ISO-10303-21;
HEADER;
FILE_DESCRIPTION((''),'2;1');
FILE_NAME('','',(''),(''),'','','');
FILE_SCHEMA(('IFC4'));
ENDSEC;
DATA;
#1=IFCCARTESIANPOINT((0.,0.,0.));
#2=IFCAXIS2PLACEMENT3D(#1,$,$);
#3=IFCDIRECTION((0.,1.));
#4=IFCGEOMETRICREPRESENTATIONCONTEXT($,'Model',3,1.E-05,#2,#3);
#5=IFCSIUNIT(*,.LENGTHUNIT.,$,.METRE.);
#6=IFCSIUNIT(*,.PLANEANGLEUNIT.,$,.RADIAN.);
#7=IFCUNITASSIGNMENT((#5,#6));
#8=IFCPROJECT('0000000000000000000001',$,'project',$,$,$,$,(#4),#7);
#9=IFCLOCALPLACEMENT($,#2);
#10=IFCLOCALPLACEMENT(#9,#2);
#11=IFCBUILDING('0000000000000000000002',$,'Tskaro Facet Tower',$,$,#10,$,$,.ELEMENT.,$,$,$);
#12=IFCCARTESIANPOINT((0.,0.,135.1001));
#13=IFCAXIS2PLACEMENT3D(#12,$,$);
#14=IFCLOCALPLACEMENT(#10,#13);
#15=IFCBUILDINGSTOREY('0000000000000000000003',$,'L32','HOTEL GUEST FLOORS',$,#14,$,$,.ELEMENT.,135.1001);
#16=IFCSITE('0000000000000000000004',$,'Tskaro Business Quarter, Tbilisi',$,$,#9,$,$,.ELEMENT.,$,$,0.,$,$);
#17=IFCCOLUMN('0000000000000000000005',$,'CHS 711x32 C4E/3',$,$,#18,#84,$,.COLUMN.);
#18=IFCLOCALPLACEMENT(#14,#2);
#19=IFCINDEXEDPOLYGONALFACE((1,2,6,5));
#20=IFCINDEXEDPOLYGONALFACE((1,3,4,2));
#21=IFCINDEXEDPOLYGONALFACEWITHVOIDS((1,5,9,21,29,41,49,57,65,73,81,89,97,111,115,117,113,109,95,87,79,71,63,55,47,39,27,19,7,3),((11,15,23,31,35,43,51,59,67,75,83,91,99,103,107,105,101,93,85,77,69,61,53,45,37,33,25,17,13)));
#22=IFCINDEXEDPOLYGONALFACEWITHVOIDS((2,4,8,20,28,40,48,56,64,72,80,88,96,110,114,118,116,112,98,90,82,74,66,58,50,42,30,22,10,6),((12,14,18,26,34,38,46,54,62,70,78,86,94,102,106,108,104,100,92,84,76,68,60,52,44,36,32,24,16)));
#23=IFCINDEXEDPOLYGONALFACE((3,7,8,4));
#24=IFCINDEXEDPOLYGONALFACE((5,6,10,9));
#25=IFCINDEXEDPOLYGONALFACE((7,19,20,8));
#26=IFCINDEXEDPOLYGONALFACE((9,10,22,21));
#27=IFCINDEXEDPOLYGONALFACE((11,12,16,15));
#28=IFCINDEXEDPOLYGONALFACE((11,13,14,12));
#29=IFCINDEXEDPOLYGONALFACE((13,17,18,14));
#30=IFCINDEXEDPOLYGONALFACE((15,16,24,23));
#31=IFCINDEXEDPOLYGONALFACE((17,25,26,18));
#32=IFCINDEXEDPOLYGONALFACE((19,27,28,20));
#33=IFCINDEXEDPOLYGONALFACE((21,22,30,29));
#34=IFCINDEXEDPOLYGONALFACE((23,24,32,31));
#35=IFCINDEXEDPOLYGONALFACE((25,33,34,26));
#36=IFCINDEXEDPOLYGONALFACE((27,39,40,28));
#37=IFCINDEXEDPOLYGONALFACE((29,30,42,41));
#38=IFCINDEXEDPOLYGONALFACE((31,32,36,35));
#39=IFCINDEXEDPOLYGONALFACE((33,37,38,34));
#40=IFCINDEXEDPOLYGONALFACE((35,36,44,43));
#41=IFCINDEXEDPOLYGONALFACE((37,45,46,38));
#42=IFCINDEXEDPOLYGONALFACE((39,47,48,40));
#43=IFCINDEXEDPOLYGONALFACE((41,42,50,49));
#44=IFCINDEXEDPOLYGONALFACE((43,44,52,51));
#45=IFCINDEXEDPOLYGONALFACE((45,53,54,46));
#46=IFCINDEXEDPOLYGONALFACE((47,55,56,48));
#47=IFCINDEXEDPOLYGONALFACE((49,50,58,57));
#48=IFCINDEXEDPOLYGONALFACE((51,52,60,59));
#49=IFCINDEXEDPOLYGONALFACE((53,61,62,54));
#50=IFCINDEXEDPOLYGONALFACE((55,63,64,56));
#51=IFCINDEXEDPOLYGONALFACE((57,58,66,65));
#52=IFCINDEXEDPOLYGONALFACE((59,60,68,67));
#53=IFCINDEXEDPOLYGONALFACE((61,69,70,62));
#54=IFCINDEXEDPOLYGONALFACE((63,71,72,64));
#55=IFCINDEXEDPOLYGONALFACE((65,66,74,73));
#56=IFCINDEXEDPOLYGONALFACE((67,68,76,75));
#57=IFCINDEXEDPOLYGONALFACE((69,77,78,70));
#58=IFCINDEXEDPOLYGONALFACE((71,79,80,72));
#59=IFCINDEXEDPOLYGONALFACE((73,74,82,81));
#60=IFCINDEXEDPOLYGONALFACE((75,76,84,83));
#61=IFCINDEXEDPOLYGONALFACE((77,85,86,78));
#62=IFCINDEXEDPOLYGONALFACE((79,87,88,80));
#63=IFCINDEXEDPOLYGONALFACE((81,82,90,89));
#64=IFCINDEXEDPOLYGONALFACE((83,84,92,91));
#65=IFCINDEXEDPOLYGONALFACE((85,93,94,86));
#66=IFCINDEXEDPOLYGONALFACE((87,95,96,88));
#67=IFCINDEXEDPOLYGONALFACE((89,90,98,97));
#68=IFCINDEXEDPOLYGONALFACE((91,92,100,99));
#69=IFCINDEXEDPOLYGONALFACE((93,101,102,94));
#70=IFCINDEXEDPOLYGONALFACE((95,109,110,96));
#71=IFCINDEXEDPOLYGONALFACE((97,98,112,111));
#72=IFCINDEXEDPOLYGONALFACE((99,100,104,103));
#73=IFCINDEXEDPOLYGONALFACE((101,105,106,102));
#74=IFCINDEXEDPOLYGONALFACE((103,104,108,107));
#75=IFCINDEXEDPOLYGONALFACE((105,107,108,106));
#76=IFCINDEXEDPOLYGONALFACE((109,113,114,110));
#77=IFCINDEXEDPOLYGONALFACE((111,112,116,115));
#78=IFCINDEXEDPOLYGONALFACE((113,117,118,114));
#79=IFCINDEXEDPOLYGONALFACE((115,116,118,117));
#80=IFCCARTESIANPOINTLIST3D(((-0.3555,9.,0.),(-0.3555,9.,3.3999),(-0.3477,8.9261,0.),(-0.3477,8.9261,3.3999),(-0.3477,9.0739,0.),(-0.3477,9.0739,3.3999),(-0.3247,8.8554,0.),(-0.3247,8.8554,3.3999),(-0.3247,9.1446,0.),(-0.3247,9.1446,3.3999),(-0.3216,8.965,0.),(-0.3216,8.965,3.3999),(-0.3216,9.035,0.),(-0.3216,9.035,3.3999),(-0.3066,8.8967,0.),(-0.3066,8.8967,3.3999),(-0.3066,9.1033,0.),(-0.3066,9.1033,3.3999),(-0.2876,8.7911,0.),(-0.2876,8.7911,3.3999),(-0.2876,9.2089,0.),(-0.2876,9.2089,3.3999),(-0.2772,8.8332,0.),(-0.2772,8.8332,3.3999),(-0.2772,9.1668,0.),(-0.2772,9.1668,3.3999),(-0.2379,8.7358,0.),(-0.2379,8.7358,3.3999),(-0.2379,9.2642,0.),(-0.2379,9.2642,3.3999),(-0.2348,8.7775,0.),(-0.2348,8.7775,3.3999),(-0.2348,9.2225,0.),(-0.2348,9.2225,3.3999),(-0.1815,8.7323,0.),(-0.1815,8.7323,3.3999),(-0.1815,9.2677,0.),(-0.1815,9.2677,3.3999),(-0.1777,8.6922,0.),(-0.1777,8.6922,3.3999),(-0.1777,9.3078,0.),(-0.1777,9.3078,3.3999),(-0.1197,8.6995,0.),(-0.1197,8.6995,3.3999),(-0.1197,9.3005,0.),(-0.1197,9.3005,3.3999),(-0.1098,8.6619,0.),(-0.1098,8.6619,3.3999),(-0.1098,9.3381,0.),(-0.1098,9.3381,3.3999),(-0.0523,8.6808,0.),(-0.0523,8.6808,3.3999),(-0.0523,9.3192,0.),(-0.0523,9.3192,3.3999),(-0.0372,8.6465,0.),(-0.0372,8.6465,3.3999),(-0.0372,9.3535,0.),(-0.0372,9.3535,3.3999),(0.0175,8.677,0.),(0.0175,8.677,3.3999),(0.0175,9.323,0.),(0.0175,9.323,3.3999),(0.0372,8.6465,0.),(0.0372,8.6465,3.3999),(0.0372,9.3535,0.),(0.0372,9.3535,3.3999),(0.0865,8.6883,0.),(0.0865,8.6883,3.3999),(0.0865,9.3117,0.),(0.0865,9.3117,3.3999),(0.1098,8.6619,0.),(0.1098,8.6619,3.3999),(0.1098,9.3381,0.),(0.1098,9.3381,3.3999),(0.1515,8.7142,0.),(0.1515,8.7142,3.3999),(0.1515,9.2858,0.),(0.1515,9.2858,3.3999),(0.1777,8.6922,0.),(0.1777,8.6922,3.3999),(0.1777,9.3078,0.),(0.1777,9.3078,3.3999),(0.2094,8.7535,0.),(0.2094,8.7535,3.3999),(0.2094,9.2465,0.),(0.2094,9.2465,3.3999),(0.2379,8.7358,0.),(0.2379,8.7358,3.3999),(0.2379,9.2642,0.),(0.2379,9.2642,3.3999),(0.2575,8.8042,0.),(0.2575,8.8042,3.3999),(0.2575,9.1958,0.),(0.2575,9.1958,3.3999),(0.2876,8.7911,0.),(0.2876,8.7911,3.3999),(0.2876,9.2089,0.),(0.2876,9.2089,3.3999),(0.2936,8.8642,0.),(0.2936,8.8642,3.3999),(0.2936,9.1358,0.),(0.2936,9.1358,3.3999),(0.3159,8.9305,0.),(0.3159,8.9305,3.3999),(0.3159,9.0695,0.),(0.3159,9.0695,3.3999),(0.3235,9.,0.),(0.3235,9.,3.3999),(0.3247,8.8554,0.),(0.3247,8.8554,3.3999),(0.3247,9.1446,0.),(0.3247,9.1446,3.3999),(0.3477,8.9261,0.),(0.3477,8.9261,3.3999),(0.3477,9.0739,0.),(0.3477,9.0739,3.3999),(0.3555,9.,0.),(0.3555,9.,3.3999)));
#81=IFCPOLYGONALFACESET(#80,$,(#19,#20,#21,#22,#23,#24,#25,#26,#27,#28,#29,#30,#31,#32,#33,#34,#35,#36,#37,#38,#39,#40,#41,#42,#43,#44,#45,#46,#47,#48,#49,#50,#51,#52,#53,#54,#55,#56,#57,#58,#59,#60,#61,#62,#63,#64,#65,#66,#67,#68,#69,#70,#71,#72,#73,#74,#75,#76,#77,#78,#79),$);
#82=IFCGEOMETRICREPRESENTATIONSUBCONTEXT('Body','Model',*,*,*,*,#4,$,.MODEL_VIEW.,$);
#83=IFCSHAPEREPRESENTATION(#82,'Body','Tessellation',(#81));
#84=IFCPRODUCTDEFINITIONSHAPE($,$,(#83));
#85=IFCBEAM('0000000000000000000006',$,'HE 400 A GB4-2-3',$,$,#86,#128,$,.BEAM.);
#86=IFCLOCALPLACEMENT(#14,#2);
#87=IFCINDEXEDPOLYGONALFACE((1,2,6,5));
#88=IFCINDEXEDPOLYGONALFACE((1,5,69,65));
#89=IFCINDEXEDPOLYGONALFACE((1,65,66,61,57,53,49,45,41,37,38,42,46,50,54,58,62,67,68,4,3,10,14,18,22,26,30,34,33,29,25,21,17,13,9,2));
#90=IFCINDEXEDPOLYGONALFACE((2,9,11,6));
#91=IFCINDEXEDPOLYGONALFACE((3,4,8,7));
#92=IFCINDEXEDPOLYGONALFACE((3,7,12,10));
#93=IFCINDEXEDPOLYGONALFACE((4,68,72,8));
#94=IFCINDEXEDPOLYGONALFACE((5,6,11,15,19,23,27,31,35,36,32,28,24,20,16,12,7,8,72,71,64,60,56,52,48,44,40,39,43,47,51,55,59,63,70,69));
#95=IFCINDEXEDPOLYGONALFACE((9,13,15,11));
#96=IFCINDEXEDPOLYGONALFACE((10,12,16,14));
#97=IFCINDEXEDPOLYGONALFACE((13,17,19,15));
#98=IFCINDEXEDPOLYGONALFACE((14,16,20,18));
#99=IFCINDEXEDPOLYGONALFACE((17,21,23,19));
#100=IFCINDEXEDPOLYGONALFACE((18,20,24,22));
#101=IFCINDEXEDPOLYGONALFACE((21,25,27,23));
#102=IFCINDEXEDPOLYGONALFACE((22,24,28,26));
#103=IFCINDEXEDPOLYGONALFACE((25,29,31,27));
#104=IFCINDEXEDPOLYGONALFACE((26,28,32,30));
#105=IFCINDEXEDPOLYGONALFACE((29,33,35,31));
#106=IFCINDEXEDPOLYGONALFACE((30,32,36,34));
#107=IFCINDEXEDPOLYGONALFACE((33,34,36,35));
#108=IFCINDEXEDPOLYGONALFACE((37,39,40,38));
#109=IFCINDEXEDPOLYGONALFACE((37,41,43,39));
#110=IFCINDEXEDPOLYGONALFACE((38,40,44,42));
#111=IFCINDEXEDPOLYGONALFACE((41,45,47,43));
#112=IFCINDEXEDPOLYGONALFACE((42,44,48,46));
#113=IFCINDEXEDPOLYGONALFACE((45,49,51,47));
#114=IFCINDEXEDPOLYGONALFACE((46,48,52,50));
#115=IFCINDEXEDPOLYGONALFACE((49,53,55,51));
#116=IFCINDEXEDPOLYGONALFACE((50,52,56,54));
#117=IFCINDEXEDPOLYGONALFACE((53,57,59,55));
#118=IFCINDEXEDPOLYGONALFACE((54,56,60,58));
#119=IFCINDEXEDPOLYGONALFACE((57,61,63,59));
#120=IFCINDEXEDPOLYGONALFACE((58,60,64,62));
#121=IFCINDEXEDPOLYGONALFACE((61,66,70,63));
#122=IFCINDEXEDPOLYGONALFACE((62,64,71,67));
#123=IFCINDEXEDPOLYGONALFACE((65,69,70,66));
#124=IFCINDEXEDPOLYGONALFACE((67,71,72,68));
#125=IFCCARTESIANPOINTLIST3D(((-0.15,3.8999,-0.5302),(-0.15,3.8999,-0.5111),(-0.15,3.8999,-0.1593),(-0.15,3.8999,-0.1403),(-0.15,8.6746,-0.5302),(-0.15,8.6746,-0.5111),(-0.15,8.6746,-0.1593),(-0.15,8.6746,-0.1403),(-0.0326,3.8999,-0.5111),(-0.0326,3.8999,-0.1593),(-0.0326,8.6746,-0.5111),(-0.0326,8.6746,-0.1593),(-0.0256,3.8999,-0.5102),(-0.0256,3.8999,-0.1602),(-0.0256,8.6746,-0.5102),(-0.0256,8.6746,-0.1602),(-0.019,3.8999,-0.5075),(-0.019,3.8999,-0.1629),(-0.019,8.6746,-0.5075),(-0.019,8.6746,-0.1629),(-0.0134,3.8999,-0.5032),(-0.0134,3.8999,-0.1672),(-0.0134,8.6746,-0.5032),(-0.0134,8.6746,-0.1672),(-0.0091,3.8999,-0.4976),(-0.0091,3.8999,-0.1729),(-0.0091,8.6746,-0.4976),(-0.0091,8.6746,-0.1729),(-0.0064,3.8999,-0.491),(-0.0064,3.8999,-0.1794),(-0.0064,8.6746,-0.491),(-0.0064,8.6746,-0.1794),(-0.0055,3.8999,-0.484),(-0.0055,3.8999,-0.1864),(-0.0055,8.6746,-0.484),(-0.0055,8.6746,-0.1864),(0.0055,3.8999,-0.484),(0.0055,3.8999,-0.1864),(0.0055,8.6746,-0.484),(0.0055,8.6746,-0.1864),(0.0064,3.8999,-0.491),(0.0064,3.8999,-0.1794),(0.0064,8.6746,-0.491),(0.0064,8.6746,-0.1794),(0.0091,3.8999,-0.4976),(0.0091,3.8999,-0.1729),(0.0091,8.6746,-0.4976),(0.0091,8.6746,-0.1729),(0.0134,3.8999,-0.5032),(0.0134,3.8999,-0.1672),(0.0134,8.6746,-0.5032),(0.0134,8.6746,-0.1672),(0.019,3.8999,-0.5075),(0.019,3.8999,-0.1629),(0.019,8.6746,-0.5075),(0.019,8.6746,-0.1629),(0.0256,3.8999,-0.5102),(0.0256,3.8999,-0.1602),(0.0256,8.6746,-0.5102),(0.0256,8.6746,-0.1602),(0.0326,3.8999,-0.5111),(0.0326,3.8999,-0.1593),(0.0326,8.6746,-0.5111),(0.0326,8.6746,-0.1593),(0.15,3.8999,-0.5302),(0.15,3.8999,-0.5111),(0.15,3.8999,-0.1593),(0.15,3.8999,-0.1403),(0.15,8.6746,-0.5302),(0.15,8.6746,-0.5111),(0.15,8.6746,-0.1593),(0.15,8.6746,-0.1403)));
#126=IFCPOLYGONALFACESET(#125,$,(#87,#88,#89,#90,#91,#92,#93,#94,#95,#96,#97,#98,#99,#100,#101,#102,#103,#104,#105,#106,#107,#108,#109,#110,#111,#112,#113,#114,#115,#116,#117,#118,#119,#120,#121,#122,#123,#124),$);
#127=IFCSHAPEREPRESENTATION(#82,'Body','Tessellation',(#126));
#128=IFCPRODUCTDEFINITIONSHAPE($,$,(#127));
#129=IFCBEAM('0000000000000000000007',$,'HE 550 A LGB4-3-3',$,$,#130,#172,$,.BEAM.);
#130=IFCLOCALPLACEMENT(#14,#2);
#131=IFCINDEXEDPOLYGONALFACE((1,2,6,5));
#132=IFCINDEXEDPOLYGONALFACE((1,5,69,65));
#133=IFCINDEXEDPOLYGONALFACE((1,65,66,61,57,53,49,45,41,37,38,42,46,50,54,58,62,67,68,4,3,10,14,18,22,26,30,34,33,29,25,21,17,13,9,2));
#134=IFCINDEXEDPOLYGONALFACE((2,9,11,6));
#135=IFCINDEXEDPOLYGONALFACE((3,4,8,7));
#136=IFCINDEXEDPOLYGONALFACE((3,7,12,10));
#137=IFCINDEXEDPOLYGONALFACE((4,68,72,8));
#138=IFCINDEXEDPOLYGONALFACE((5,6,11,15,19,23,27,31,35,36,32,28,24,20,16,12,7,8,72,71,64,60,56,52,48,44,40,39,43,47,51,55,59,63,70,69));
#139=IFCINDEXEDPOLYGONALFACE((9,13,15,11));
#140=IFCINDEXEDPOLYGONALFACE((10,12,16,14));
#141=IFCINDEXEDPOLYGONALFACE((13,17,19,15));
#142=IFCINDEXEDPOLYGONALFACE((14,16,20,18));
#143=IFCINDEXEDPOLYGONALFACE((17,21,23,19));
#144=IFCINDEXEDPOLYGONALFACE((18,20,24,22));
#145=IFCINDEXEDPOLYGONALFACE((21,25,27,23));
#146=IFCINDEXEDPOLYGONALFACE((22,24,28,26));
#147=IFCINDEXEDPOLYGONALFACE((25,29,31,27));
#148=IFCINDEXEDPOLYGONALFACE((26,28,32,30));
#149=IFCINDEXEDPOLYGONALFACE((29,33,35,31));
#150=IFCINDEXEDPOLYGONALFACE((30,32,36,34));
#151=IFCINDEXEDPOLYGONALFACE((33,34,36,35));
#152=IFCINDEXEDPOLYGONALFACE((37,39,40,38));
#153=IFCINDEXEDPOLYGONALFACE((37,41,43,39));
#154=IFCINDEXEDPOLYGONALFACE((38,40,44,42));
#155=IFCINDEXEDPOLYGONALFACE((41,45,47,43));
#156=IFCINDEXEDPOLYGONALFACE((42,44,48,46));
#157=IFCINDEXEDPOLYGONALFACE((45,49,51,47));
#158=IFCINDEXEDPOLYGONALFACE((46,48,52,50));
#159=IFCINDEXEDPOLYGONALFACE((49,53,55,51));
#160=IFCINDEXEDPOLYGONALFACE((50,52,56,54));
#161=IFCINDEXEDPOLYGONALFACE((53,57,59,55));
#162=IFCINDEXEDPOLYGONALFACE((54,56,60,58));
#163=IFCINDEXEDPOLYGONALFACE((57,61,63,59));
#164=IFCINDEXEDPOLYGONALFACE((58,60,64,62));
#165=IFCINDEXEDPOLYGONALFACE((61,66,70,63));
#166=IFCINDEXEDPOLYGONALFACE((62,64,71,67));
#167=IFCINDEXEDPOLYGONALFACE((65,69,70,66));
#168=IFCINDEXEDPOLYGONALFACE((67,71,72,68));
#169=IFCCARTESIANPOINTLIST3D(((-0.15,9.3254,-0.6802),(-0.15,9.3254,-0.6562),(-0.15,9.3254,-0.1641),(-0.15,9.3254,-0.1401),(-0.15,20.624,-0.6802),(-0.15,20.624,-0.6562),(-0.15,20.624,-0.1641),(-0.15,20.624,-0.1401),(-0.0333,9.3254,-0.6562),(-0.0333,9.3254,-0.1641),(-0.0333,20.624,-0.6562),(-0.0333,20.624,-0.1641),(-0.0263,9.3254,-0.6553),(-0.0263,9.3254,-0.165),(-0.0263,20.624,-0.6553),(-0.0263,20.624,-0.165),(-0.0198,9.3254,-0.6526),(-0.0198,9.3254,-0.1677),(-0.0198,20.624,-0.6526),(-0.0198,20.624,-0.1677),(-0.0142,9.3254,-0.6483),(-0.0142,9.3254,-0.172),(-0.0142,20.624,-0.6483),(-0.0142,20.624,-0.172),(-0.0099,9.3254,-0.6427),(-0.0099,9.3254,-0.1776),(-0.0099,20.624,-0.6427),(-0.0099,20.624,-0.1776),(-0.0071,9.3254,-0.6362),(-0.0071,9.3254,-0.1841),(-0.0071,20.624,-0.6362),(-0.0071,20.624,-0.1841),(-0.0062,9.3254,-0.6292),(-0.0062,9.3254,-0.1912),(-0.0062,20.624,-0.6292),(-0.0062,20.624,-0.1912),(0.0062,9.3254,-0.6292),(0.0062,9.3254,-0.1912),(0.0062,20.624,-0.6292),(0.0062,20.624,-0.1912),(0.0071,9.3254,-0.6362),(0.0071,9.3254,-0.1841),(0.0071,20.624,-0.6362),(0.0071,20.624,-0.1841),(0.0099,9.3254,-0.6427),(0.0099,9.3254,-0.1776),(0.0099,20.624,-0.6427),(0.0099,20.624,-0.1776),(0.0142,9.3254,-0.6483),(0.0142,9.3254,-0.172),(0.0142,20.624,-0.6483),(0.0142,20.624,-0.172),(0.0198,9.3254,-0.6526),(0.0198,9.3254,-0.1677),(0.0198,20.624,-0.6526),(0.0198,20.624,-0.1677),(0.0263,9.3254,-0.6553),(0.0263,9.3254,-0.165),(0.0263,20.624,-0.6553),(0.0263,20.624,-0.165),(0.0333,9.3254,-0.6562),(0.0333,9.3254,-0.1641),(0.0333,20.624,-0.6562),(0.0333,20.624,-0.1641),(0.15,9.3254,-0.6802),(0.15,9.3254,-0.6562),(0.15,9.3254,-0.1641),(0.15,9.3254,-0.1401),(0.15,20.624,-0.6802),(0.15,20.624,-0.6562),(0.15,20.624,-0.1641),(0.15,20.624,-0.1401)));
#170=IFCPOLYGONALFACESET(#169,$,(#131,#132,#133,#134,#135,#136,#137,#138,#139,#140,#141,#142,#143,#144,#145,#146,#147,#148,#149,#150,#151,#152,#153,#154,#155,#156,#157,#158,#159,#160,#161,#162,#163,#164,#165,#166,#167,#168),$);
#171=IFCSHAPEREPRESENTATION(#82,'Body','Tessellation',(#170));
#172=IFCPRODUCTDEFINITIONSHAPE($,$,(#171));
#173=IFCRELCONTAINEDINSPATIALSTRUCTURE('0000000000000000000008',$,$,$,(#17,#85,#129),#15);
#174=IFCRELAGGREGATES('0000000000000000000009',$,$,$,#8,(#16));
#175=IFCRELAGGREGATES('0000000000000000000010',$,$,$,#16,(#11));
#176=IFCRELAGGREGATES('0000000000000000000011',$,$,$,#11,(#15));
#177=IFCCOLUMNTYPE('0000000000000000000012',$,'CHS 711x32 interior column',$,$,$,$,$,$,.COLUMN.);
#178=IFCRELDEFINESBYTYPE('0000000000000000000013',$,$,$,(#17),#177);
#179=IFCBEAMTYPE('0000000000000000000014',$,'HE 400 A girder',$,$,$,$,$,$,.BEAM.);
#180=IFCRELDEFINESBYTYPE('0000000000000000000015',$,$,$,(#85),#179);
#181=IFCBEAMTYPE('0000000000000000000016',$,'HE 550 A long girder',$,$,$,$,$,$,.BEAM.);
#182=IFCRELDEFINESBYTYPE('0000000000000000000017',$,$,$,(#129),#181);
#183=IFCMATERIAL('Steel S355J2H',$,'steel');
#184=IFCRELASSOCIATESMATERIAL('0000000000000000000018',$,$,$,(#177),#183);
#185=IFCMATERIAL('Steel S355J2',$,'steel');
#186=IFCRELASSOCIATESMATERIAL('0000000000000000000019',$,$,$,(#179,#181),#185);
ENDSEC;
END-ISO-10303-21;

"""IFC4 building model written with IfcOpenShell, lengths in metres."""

from ifc_helpers import new_model, si_unit, direction, frame, origin, origin_2d, place, context, subcontext, project, spatial, hollow_circle, i_section, extrude, material, material_profile, profile_set, type_object, element, save


model = new_model("IFC4")

# Units and contexts
model_context = context("Model", 3, precision=1e-05, world=origin(), true_north=direction((0.0, 1.0)))
body_context = subcontext(model_context, "Body", "Model", "MODEL_VIEW")
ifc_project = project(units=[si_unit("LENGTHUNIT", "METRE"), si_unit("PLANEANGLEUNIT", "RADIAN")], contexts=[model_context])

# Site, building, storey
site_placement = place(None, origin())
site = spatial("IfcSite", under=ifc_project, at=site_placement, Name="Tskaro Business Quarter, Tbilisi", CompositionType="ELEMENT", RefElevation=0.0)
building_placement = place(site_placement, origin())
building = spatial("IfcBuilding", under=site, at=building_placement, Name="Tskaro Facet Tower", CompositionType="ELEMENT")
storey_placement = place(building_placement, frame((0.0, 0.0, 135.1001)))
storey = spatial("IfcBuildingStorey", under=building, at=storey_placement, Name="L32", Description="HOTEL GUEST FLOORS", CompositionType="ELEMENT", Elevation=135.1001)

# Column
ifc_material_1 = material(Name="Steel S355J2H", Category="steel")
ifc_material_profile_1 = material_profile(ifc_material_1, hollow_circle(Radius=0.3555, WallThickness=0.032, at=origin_2d()), Name="CHS 711x32")
ifc_profile_set_1 = profile_set([ifc_material_profile_1], Name="Steel S355J2H")
column_type = type_object("IfcColumnType", Name="CHS 711x32 interior column", PredefinedType="COLUMN", material=ifc_profile_set_1)
column_placement = place(storey_placement, frame((0.0, 9.0, 0.0), z_axis=(0.0, 0.0, 1.0), x_axis=(1.0, 0.0, 0.0)))
element("IfcColumn", 1, at=column_placement, inside=storey, type_object=column_type, Name="CHS 711x32 C4E/3", PredefinedType="COLUMN", context=body_context, shape_type="SweptSolid", body=[
    extrude(hollow_circle(Radius=0.3555, WallThickness=0.032, at=origin_2d()), origin(), (0.0, 0.0, 1.0), 3.3999),
])

# Beams
ifc_material_2 = material(Name="Steel S355J2", Category="steel")
ifc_material_profile_2 = material_profile(ifc_material_2, i_section(OverallWidth=0.3, OverallDepth=0.3899, WebThickness=0.011, FlangeThickness=0.019, FilletRadius=0.0271, at=origin_2d()), Name="HE 400 A")
ifc_profile_set_2 = profile_set([ifc_material_profile_2], Name="Steel S355J2")
beam_type_1 = type_object("IfcBeamType", Name="HE 400 A girder", PredefinedType="BEAM", material=ifc_profile_set_2)
beam_1_placement = place(storey_placement, frame((0.0, 3.8999, -0.3352), z_axis=(0.0, 1.0, 0.0), x_axis=(-1.0, 0.0, 0.0)))
element("IfcBeam", 2, at=beam_1_placement, inside=storey, type_object=beam_type_1, Name="HE 400 A GB4-2-3", PredefinedType="BEAM", context=body_context, shape_type="SweptSolid", body=[
    extrude(i_section(OverallWidth=0.3, OverallDepth=0.3899, WebThickness=0.011, FlangeThickness=0.019, FilletRadius=0.0271, at=origin_2d()), origin(), (0.0, 0.0, 1.0), 4.7747),
])
ifc_material_profile_3 = material_profile(ifc_material_2, i_section(OverallWidth=0.3, OverallDepth=0.54, WebThickness=0.0125, FlangeThickness=0.0239, FilletRadius=0.0271, at=origin_2d()), Name="HE 550 A")
ifc_profile_set_3 = profile_set([ifc_material_profile_3], Name="Steel S355J2")
beam_type_2 = type_object("IfcBeamType", Name="HE 550 A long girder", PredefinedType="BEAM", material=ifc_profile_set_3)
beam_2_placement = place(storey_placement, frame((0.0, 9.3254, -0.4102), z_axis=(0.0, 1.0, 0.0), x_axis=(-1.0, 0.0, 0.0)))
element("IfcBeam", 3, at=beam_2_placement, inside=storey, type_object=beam_type_2, Name="HE 550 A LGB4-3-3", PredefinedType="BEAM", context=body_context, shape_type="SweptSolid", body=[
    extrude(i_section(OverallWidth=0.3, OverallDepth=0.54, WebThickness=0.0125, FlangeThickness=0.0239, FilletRadius=0.0271, at=origin_2d()), origin(), (0.0, 0.0, 1.0), 11.2986),
])

save(model, "model.ifc")
